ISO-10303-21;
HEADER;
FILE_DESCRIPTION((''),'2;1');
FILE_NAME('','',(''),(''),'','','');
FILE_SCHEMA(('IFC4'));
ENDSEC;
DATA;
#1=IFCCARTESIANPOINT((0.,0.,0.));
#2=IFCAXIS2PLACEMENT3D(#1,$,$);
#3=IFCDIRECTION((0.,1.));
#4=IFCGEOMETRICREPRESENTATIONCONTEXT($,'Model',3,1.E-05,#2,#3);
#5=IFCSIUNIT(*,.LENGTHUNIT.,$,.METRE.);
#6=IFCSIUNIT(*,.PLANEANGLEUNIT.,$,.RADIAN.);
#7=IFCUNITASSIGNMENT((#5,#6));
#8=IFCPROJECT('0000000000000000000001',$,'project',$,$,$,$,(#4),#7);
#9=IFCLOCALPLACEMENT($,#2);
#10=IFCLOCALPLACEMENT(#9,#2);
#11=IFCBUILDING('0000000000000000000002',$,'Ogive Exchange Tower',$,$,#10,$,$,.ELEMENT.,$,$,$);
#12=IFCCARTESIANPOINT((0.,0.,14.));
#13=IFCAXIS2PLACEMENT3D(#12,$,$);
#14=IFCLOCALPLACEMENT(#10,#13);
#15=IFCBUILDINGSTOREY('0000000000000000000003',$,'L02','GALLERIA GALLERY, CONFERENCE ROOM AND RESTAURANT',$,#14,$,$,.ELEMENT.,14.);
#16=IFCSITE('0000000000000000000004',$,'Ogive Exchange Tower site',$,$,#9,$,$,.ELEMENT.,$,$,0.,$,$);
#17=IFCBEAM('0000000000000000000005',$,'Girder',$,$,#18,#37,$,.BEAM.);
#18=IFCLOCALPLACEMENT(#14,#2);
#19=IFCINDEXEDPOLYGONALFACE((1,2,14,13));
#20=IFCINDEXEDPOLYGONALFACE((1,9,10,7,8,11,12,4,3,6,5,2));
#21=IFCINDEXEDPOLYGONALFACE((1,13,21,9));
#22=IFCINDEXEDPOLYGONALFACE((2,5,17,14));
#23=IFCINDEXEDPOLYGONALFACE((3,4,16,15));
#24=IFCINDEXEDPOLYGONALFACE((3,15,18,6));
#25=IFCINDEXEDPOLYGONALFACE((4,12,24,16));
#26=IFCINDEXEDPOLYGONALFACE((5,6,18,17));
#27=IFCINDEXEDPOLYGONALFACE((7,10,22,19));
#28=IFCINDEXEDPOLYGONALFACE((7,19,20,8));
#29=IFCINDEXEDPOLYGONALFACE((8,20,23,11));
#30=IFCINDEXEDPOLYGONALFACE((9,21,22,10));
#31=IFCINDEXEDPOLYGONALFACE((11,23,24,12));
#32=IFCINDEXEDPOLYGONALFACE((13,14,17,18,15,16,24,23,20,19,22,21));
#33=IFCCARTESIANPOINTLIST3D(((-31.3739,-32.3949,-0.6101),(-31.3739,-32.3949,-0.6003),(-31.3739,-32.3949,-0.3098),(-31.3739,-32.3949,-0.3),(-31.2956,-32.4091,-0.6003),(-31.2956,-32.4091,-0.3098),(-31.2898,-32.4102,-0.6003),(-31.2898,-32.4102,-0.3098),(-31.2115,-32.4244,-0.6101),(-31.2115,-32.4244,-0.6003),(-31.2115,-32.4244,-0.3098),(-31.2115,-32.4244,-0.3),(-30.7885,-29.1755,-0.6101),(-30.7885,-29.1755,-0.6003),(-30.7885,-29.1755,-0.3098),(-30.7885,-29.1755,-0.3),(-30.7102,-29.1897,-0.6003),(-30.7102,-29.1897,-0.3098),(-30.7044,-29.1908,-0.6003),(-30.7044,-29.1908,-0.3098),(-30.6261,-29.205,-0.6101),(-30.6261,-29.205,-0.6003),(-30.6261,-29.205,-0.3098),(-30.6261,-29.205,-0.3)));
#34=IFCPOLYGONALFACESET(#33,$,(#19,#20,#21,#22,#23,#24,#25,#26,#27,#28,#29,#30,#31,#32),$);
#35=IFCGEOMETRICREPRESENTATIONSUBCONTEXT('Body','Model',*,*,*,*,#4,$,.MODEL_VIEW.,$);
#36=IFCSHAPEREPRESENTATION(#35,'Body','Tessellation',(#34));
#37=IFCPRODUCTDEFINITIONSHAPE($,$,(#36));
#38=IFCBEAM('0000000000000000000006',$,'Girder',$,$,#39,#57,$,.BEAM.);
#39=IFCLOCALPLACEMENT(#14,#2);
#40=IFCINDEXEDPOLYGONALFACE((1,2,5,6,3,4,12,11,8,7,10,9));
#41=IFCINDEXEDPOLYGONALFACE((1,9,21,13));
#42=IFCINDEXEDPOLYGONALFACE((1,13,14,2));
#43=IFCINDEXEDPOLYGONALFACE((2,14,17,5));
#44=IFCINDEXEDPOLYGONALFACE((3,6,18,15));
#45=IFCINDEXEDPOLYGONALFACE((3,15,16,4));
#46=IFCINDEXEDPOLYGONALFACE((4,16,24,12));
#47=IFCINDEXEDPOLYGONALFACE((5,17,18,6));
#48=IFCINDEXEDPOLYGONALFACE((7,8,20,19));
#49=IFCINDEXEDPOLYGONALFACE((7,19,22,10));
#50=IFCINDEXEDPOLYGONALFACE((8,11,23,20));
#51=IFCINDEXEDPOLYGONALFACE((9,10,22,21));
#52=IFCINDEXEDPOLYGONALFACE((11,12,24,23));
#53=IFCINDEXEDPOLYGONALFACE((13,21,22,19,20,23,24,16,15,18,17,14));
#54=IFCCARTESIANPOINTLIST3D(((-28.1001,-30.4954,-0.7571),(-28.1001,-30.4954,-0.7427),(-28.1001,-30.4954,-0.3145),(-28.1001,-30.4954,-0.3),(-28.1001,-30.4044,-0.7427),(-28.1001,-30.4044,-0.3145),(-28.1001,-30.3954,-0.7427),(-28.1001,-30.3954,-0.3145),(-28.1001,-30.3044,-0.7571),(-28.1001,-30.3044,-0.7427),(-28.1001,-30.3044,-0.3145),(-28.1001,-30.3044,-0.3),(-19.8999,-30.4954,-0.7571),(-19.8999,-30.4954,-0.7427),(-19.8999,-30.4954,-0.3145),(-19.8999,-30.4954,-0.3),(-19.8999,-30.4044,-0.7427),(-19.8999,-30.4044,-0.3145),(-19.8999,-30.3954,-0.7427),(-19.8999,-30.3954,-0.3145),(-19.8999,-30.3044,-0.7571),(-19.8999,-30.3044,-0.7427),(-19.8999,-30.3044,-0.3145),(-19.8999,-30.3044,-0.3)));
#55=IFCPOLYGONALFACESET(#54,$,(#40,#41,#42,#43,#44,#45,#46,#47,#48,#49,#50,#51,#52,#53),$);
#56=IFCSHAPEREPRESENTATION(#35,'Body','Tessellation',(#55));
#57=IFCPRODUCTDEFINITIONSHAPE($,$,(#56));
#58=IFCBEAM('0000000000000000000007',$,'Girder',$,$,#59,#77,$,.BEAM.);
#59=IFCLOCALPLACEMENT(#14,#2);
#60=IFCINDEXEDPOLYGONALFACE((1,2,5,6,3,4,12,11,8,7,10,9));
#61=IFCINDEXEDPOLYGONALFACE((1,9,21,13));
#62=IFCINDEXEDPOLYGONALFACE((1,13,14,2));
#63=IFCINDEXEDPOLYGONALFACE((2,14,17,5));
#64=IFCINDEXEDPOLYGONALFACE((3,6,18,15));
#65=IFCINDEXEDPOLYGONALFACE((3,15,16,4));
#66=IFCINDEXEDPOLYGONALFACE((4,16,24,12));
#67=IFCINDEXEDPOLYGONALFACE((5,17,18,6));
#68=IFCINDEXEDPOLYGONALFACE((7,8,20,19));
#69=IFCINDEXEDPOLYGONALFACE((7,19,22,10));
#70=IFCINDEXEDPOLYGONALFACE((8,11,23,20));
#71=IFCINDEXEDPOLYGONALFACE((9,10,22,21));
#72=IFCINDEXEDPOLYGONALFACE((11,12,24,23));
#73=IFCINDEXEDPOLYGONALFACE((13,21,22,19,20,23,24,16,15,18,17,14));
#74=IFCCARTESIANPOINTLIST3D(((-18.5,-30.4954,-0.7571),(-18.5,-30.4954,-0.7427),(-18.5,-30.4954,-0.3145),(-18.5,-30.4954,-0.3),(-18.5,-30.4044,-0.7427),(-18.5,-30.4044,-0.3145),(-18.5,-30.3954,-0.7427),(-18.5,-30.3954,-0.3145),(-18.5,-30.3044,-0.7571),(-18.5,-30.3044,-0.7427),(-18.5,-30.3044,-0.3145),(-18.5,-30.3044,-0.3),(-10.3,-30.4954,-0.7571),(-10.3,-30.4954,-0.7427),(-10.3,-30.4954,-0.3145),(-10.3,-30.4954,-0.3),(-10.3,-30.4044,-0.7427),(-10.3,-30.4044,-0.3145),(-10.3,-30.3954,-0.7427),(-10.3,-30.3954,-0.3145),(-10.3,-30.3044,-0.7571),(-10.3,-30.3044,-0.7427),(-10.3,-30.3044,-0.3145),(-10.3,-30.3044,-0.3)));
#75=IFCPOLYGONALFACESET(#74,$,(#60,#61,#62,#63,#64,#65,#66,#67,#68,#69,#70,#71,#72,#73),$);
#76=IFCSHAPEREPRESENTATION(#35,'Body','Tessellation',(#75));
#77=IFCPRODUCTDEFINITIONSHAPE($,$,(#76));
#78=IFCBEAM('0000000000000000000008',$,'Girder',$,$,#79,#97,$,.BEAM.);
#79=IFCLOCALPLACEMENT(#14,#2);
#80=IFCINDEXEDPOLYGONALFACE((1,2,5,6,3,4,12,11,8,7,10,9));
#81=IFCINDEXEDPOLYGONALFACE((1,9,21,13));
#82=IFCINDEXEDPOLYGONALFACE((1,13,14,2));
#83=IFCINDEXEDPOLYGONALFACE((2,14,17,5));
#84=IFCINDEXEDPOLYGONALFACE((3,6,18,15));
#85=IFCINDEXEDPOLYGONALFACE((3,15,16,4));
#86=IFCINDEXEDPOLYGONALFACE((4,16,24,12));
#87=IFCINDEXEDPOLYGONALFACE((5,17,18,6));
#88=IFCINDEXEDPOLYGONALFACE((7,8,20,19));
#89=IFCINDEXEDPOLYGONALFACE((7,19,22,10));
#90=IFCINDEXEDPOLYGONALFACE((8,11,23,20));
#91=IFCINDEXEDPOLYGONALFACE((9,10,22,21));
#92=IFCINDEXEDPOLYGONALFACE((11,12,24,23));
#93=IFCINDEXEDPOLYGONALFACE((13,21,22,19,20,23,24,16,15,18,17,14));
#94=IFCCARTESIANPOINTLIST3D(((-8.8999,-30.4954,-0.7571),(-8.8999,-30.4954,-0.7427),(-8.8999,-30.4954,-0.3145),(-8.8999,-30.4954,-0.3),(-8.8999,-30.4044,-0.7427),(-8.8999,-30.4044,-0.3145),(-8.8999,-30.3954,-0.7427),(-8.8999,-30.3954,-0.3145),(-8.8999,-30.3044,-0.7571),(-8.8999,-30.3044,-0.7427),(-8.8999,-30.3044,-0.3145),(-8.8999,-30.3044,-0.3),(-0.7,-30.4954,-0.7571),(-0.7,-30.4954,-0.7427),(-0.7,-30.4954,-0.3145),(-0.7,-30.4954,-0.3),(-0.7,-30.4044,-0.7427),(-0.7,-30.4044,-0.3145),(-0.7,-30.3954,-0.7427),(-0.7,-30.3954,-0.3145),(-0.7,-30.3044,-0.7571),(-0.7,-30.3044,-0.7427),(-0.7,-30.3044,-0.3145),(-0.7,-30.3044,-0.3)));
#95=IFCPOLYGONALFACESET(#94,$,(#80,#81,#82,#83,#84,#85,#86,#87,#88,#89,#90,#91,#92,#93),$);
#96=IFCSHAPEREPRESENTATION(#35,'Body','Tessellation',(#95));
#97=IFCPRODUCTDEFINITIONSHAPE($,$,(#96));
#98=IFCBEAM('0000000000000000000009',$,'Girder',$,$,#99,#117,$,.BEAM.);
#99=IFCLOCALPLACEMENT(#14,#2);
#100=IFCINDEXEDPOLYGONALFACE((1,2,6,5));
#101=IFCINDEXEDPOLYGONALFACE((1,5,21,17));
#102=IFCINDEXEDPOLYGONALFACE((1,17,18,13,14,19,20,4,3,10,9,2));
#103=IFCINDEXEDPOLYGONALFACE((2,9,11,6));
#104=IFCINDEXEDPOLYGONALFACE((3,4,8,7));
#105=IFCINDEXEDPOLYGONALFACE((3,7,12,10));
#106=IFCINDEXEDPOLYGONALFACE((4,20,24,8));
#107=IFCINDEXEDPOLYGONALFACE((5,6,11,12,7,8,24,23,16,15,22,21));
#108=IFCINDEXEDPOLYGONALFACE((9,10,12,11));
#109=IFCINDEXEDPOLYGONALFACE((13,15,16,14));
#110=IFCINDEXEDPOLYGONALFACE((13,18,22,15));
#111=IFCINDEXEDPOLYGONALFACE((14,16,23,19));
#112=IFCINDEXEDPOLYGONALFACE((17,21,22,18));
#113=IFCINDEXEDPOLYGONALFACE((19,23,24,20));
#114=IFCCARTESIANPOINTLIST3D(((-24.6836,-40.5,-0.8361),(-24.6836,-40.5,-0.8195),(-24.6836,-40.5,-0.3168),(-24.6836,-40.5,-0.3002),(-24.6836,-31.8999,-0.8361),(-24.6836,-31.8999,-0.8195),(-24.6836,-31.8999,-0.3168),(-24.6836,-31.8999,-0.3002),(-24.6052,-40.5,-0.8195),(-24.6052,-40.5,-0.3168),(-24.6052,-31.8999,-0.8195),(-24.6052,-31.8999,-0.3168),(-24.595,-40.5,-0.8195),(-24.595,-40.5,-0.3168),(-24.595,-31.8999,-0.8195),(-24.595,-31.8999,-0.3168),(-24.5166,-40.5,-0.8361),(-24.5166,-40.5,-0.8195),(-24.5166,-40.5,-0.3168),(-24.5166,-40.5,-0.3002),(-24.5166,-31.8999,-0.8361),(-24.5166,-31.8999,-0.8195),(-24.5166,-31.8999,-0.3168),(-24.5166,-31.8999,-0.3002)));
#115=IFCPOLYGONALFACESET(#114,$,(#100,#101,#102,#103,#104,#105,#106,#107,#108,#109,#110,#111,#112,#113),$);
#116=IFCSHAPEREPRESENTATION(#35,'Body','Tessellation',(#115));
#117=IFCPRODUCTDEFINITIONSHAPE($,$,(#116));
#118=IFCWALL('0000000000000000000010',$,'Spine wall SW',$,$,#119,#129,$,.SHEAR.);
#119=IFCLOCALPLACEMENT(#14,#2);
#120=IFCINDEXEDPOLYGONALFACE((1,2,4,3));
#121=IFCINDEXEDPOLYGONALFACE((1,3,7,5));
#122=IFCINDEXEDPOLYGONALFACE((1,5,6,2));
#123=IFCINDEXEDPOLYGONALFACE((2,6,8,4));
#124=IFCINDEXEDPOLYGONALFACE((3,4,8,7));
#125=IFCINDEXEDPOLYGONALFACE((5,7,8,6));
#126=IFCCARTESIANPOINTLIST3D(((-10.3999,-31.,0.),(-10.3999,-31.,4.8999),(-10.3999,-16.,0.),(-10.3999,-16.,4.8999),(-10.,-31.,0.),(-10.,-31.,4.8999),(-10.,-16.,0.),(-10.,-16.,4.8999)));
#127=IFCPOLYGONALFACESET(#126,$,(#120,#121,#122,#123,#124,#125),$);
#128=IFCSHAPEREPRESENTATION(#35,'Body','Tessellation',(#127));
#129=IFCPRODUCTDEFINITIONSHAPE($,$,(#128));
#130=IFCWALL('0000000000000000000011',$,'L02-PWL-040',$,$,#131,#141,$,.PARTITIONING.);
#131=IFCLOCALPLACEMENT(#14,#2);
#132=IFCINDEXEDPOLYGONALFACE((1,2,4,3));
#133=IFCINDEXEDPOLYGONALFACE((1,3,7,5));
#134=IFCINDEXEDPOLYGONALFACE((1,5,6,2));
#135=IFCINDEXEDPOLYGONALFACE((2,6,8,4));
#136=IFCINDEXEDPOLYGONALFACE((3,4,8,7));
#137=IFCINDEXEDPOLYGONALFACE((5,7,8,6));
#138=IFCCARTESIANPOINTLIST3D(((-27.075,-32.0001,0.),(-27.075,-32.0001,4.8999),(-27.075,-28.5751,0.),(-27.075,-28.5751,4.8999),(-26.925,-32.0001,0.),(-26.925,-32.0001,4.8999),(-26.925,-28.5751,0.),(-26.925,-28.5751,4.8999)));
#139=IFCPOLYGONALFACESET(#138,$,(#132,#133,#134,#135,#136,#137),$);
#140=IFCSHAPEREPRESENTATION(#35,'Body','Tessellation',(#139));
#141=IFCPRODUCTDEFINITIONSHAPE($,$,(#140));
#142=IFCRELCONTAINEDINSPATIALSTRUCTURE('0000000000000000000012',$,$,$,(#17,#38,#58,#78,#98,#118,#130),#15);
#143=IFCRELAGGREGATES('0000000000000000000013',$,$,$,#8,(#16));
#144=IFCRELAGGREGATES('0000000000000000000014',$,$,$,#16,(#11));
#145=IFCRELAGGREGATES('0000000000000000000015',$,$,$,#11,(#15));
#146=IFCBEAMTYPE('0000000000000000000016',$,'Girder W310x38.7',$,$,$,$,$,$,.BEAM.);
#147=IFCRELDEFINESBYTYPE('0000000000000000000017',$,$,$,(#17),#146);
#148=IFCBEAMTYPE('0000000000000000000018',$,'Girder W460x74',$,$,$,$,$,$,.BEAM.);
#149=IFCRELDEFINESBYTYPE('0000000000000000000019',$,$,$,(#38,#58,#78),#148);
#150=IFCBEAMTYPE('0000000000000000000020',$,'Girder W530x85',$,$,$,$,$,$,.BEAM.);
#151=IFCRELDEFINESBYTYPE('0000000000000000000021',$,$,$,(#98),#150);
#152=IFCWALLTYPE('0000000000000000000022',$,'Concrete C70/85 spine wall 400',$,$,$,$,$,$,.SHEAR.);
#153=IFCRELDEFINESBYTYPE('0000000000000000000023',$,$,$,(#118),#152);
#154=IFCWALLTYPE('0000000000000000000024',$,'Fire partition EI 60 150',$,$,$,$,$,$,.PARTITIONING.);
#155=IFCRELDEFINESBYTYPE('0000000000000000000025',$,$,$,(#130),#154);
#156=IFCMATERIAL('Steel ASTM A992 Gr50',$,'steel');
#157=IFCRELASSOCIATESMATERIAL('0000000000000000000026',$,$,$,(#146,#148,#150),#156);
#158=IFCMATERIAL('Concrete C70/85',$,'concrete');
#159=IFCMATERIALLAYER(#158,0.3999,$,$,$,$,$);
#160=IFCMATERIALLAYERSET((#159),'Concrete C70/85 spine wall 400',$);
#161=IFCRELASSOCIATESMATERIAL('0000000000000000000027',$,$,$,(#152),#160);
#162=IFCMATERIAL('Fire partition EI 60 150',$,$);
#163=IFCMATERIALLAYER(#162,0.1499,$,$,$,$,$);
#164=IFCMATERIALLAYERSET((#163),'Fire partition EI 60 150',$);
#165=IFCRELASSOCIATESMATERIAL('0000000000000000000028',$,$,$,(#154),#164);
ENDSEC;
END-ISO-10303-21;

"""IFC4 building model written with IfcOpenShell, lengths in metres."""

from ifc_helpers import new_model, si_unit, direction, frame, frame_2d, origin, origin_2d, place, context, subcontext, project, spatial, rectangle, i_section, extrude, material, layer, layer_set, material_profile, profile_set, type_object, element, save


model = new_model("IFC4")

# Units and contexts
model_context = context("Model", 3, precision=1e-05, world=origin(), true_north=direction((0.0, 1.0)))
body_context = subcontext(model_context, "Body", "Model", "MODEL_VIEW")
ifc_project = project(units=[si_unit("LENGTHUNIT", "METRE"), si_unit("PLANEANGLEUNIT", "RADIAN")], contexts=[model_context])

# Site, building, storey
site_placement = place(None, origin())
site = spatial("IfcSite", under=ifc_project, at=site_placement, Name="Ogive Exchange Tower site", CompositionType="ELEMENT", RefElevation=0.0)
building_placement = place(site_placement, origin())
building = spatial("IfcBuilding", under=site, at=building_placement, Name="Ogive Exchange Tower", CompositionType="ELEMENT")
storey_placement = place(building_placement, frame((0.0, 0.0, 14.0)))
storey = spatial("IfcBuildingStorey", under=building, at=storey_placement, Name="L02", Description="GALLERIA GALLERY, CONFERENCE ROOM AND RESTAURANT", CompositionType="ELEMENT", Elevation=14.0)

# Shared definitions
ifc_material_1 = material(Name="Concrete C70/85", Category="concrete")

# Beams
ifc_material_2 = material(Name="Steel ASTM A992 Gr50", Category="steel")
ifc_material_profile_1 = material_profile(ifc_material_2, i_section(OverallWidth=0.165, OverallDepth=0.3101, WebThickness=0.0059, FlangeThickness=0.0098, at=origin_2d()), Name="W310x38.7")
ifc_profile_set_1 = profile_set([ifc_material_profile_1], Name="Steel ASTM A992 Gr50")
beam_type_1 = type_object("IfcBeamType", Name="Girder W310x38.7", PredefinedType="BEAM", material=ifc_profile_set_1)
beam_1_placement = place(storey_placement, frame((-31.2927, -32.4097, -0.4551), z_axis=(0.178912, 0.983865, 0.0), x_axis=(-0.983865, 0.178912, 0.0)))
element("IfcBeam", 1, at=beam_1_placement, inside=storey, type_object=beam_type_1, Name="Girder", PredefinedType="BEAM", context=body_context, shape_type="SweptSolid", body=[
    extrude(i_section(OverallWidth=0.165, OverallDepth=0.3101, WebThickness=0.0059, FlangeThickness=0.0098, at=origin_2d()), origin(), (0.0, 0.0, 1.0), 3.2722),
])
ifc_material_profile_2 = material_profile(ifc_material_2, i_section(OverallWidth=0.1909, OverallDepth=0.457, WebThickness=0.009, FlangeThickness=0.0144, at=origin_2d()), Name="W460x74")
ifc_profile_set_2 = profile_set([ifc_material_profile_2], Name="Steel ASTM A992 Gr50")
beam_type_2 = type_object("IfcBeamType", Name="Girder W460x74", PredefinedType="BEAM", material=ifc_profile_set_2)
beam_2_placement = place(storey_placement, frame((-28.1001, -30.3999, -0.5286), z_axis=(1.0, 0.0, 0.0), x_axis=(0.0, 1.0, 0.0)))
element("IfcBeam", 2, at=beam_2_placement, inside=storey, type_object=beam_type_2, Name="Girder", PredefinedType="BEAM", context=body_context, shape_type="SweptSolid", body=[
    extrude(i_section(OverallWidth=0.1909, OverallDepth=0.457, WebThickness=0.009, FlangeThickness=0.0144, at=origin_2d()), origin(), (0.0, 0.0, 1.0), 8.2002),
])
for number, where, z_axis, x_axis, name in (
    (3, (-18.5, -30.3999, -0.5286), (1.0, 0.0, 0.0), (0.0, 1.0, 0.0), "Girder"),
    (4, (-8.8999, -30.3999, -0.5286), (1.0, 0.0, 0.0), (0.0, 1.0, 0.0), "Girder"),
):
    element("IfcBeam", number, at=place(storey_placement, frame(where, z_axis=z_axis, x_axis=x_axis)), inside=storey, type_object=beam_type_2, Name=name, PredefinedType="BEAM", context=body_context, shape_type="SweptSolid", body=[
        extrude(i_section(OverallWidth=0.1909, OverallDepth=0.457, WebThickness=0.009, FlangeThickness=0.0144, at=origin_2d()), origin(), (0.0, 0.0, 1.0), 8.2),
    ])
ifc_material_profile_3 = material_profile(ifc_material_2, i_section(OverallWidth=0.167, OverallDepth=0.5359, WebThickness=0.0103, FlangeThickness=0.0166, at=origin_2d()), Name="W530x85")
ifc_profile_set_3 = profile_set([ifc_material_profile_3], Name="Steel ASTM A992 Gr50")
beam_type_3 = type_object("IfcBeamType", Name="Girder W530x85", PredefinedType="BEAM", material=ifc_profile_set_3)
beam_3_placement = place(storey_placement, frame((-24.6001, -40.5, -0.5681), z_axis=(0.0, 1.0, 0.0), x_axis=(-1.0, 0.0, 0.0)))
element("IfcBeam", 5, at=beam_3_placement, inside=storey, type_object=beam_type_3, Name="Girder", PredefinedType="BEAM", context=body_context, shape_type="SweptSolid", body=[
    extrude(i_section(OverallWidth=0.167, OverallDepth=0.5359, WebThickness=0.0103, FlangeThickness=0.0166, at=origin_2d()), origin(), (0.0, 0.0, 1.0), 8.6001),
])

# Walls
ifc_layer_1 = layer(ifc_material_1, 0.3999)
ifc_layer_set_1 = layer_set([ifc_layer_1], Name="Concrete C70/85 spine wall 400")
wall_type_1 = type_object("IfcWallType", Name="Concrete C70/85 spine wall 400", PredefinedType="SHEAR", material=ifc_layer_set_1)
wall_1_placement = place(storey_placement, frame((-10.2, -31.0, 0.0), z_axis=(0.0, 0.0, 1.0), x_axis=(0.0, 1.0, 0.0)))
element("IfcWall", 6, at=wall_1_placement, inside=storey, type_object=wall_type_1, Name="Spine wall SW", PredefinedType="SHEAR", context=body_context, shape_type="SweptSolid", body=[
    extrude(rectangle(XDim=15.0, YDim=0.3999, at=frame_2d((7.5, 0.0))), origin(), (0.0, 0.0, 1.0), 4.8999),
])
ifc_material_3 = material(Name="Fire partition EI 60 150")
ifc_layer_2 = layer(ifc_material_3, 0.1499)
ifc_layer_set_2 = layer_set([ifc_layer_2], Name="Fire partition EI 60 150")
wall_type_2 = type_object("IfcWallType", Name="Fire partition EI 60 150", PredefinedType="PARTITIONING", material=ifc_layer_set_2)
wall_2_placement = place(storey_placement, frame((-27.0, -32.0, 0.0), z_axis=(0.0, 0.0, 1.0), x_axis=(0.0, 1.0, 0.0)))
element("IfcWall", 7, at=wall_2_placement, inside=storey, type_object=wall_type_2, Name="L02-PWL-040", PredefinedType="PARTITIONING", context=body_context, shape_type="SweptSolid", body=[
    extrude(rectangle(XDim=3.425, YDim=0.1499, at=frame_2d((1.7124, 0.0))), origin(), (0.0, 0.0, 1.0), 4.8999),
])

save(model, "model.ifc")
